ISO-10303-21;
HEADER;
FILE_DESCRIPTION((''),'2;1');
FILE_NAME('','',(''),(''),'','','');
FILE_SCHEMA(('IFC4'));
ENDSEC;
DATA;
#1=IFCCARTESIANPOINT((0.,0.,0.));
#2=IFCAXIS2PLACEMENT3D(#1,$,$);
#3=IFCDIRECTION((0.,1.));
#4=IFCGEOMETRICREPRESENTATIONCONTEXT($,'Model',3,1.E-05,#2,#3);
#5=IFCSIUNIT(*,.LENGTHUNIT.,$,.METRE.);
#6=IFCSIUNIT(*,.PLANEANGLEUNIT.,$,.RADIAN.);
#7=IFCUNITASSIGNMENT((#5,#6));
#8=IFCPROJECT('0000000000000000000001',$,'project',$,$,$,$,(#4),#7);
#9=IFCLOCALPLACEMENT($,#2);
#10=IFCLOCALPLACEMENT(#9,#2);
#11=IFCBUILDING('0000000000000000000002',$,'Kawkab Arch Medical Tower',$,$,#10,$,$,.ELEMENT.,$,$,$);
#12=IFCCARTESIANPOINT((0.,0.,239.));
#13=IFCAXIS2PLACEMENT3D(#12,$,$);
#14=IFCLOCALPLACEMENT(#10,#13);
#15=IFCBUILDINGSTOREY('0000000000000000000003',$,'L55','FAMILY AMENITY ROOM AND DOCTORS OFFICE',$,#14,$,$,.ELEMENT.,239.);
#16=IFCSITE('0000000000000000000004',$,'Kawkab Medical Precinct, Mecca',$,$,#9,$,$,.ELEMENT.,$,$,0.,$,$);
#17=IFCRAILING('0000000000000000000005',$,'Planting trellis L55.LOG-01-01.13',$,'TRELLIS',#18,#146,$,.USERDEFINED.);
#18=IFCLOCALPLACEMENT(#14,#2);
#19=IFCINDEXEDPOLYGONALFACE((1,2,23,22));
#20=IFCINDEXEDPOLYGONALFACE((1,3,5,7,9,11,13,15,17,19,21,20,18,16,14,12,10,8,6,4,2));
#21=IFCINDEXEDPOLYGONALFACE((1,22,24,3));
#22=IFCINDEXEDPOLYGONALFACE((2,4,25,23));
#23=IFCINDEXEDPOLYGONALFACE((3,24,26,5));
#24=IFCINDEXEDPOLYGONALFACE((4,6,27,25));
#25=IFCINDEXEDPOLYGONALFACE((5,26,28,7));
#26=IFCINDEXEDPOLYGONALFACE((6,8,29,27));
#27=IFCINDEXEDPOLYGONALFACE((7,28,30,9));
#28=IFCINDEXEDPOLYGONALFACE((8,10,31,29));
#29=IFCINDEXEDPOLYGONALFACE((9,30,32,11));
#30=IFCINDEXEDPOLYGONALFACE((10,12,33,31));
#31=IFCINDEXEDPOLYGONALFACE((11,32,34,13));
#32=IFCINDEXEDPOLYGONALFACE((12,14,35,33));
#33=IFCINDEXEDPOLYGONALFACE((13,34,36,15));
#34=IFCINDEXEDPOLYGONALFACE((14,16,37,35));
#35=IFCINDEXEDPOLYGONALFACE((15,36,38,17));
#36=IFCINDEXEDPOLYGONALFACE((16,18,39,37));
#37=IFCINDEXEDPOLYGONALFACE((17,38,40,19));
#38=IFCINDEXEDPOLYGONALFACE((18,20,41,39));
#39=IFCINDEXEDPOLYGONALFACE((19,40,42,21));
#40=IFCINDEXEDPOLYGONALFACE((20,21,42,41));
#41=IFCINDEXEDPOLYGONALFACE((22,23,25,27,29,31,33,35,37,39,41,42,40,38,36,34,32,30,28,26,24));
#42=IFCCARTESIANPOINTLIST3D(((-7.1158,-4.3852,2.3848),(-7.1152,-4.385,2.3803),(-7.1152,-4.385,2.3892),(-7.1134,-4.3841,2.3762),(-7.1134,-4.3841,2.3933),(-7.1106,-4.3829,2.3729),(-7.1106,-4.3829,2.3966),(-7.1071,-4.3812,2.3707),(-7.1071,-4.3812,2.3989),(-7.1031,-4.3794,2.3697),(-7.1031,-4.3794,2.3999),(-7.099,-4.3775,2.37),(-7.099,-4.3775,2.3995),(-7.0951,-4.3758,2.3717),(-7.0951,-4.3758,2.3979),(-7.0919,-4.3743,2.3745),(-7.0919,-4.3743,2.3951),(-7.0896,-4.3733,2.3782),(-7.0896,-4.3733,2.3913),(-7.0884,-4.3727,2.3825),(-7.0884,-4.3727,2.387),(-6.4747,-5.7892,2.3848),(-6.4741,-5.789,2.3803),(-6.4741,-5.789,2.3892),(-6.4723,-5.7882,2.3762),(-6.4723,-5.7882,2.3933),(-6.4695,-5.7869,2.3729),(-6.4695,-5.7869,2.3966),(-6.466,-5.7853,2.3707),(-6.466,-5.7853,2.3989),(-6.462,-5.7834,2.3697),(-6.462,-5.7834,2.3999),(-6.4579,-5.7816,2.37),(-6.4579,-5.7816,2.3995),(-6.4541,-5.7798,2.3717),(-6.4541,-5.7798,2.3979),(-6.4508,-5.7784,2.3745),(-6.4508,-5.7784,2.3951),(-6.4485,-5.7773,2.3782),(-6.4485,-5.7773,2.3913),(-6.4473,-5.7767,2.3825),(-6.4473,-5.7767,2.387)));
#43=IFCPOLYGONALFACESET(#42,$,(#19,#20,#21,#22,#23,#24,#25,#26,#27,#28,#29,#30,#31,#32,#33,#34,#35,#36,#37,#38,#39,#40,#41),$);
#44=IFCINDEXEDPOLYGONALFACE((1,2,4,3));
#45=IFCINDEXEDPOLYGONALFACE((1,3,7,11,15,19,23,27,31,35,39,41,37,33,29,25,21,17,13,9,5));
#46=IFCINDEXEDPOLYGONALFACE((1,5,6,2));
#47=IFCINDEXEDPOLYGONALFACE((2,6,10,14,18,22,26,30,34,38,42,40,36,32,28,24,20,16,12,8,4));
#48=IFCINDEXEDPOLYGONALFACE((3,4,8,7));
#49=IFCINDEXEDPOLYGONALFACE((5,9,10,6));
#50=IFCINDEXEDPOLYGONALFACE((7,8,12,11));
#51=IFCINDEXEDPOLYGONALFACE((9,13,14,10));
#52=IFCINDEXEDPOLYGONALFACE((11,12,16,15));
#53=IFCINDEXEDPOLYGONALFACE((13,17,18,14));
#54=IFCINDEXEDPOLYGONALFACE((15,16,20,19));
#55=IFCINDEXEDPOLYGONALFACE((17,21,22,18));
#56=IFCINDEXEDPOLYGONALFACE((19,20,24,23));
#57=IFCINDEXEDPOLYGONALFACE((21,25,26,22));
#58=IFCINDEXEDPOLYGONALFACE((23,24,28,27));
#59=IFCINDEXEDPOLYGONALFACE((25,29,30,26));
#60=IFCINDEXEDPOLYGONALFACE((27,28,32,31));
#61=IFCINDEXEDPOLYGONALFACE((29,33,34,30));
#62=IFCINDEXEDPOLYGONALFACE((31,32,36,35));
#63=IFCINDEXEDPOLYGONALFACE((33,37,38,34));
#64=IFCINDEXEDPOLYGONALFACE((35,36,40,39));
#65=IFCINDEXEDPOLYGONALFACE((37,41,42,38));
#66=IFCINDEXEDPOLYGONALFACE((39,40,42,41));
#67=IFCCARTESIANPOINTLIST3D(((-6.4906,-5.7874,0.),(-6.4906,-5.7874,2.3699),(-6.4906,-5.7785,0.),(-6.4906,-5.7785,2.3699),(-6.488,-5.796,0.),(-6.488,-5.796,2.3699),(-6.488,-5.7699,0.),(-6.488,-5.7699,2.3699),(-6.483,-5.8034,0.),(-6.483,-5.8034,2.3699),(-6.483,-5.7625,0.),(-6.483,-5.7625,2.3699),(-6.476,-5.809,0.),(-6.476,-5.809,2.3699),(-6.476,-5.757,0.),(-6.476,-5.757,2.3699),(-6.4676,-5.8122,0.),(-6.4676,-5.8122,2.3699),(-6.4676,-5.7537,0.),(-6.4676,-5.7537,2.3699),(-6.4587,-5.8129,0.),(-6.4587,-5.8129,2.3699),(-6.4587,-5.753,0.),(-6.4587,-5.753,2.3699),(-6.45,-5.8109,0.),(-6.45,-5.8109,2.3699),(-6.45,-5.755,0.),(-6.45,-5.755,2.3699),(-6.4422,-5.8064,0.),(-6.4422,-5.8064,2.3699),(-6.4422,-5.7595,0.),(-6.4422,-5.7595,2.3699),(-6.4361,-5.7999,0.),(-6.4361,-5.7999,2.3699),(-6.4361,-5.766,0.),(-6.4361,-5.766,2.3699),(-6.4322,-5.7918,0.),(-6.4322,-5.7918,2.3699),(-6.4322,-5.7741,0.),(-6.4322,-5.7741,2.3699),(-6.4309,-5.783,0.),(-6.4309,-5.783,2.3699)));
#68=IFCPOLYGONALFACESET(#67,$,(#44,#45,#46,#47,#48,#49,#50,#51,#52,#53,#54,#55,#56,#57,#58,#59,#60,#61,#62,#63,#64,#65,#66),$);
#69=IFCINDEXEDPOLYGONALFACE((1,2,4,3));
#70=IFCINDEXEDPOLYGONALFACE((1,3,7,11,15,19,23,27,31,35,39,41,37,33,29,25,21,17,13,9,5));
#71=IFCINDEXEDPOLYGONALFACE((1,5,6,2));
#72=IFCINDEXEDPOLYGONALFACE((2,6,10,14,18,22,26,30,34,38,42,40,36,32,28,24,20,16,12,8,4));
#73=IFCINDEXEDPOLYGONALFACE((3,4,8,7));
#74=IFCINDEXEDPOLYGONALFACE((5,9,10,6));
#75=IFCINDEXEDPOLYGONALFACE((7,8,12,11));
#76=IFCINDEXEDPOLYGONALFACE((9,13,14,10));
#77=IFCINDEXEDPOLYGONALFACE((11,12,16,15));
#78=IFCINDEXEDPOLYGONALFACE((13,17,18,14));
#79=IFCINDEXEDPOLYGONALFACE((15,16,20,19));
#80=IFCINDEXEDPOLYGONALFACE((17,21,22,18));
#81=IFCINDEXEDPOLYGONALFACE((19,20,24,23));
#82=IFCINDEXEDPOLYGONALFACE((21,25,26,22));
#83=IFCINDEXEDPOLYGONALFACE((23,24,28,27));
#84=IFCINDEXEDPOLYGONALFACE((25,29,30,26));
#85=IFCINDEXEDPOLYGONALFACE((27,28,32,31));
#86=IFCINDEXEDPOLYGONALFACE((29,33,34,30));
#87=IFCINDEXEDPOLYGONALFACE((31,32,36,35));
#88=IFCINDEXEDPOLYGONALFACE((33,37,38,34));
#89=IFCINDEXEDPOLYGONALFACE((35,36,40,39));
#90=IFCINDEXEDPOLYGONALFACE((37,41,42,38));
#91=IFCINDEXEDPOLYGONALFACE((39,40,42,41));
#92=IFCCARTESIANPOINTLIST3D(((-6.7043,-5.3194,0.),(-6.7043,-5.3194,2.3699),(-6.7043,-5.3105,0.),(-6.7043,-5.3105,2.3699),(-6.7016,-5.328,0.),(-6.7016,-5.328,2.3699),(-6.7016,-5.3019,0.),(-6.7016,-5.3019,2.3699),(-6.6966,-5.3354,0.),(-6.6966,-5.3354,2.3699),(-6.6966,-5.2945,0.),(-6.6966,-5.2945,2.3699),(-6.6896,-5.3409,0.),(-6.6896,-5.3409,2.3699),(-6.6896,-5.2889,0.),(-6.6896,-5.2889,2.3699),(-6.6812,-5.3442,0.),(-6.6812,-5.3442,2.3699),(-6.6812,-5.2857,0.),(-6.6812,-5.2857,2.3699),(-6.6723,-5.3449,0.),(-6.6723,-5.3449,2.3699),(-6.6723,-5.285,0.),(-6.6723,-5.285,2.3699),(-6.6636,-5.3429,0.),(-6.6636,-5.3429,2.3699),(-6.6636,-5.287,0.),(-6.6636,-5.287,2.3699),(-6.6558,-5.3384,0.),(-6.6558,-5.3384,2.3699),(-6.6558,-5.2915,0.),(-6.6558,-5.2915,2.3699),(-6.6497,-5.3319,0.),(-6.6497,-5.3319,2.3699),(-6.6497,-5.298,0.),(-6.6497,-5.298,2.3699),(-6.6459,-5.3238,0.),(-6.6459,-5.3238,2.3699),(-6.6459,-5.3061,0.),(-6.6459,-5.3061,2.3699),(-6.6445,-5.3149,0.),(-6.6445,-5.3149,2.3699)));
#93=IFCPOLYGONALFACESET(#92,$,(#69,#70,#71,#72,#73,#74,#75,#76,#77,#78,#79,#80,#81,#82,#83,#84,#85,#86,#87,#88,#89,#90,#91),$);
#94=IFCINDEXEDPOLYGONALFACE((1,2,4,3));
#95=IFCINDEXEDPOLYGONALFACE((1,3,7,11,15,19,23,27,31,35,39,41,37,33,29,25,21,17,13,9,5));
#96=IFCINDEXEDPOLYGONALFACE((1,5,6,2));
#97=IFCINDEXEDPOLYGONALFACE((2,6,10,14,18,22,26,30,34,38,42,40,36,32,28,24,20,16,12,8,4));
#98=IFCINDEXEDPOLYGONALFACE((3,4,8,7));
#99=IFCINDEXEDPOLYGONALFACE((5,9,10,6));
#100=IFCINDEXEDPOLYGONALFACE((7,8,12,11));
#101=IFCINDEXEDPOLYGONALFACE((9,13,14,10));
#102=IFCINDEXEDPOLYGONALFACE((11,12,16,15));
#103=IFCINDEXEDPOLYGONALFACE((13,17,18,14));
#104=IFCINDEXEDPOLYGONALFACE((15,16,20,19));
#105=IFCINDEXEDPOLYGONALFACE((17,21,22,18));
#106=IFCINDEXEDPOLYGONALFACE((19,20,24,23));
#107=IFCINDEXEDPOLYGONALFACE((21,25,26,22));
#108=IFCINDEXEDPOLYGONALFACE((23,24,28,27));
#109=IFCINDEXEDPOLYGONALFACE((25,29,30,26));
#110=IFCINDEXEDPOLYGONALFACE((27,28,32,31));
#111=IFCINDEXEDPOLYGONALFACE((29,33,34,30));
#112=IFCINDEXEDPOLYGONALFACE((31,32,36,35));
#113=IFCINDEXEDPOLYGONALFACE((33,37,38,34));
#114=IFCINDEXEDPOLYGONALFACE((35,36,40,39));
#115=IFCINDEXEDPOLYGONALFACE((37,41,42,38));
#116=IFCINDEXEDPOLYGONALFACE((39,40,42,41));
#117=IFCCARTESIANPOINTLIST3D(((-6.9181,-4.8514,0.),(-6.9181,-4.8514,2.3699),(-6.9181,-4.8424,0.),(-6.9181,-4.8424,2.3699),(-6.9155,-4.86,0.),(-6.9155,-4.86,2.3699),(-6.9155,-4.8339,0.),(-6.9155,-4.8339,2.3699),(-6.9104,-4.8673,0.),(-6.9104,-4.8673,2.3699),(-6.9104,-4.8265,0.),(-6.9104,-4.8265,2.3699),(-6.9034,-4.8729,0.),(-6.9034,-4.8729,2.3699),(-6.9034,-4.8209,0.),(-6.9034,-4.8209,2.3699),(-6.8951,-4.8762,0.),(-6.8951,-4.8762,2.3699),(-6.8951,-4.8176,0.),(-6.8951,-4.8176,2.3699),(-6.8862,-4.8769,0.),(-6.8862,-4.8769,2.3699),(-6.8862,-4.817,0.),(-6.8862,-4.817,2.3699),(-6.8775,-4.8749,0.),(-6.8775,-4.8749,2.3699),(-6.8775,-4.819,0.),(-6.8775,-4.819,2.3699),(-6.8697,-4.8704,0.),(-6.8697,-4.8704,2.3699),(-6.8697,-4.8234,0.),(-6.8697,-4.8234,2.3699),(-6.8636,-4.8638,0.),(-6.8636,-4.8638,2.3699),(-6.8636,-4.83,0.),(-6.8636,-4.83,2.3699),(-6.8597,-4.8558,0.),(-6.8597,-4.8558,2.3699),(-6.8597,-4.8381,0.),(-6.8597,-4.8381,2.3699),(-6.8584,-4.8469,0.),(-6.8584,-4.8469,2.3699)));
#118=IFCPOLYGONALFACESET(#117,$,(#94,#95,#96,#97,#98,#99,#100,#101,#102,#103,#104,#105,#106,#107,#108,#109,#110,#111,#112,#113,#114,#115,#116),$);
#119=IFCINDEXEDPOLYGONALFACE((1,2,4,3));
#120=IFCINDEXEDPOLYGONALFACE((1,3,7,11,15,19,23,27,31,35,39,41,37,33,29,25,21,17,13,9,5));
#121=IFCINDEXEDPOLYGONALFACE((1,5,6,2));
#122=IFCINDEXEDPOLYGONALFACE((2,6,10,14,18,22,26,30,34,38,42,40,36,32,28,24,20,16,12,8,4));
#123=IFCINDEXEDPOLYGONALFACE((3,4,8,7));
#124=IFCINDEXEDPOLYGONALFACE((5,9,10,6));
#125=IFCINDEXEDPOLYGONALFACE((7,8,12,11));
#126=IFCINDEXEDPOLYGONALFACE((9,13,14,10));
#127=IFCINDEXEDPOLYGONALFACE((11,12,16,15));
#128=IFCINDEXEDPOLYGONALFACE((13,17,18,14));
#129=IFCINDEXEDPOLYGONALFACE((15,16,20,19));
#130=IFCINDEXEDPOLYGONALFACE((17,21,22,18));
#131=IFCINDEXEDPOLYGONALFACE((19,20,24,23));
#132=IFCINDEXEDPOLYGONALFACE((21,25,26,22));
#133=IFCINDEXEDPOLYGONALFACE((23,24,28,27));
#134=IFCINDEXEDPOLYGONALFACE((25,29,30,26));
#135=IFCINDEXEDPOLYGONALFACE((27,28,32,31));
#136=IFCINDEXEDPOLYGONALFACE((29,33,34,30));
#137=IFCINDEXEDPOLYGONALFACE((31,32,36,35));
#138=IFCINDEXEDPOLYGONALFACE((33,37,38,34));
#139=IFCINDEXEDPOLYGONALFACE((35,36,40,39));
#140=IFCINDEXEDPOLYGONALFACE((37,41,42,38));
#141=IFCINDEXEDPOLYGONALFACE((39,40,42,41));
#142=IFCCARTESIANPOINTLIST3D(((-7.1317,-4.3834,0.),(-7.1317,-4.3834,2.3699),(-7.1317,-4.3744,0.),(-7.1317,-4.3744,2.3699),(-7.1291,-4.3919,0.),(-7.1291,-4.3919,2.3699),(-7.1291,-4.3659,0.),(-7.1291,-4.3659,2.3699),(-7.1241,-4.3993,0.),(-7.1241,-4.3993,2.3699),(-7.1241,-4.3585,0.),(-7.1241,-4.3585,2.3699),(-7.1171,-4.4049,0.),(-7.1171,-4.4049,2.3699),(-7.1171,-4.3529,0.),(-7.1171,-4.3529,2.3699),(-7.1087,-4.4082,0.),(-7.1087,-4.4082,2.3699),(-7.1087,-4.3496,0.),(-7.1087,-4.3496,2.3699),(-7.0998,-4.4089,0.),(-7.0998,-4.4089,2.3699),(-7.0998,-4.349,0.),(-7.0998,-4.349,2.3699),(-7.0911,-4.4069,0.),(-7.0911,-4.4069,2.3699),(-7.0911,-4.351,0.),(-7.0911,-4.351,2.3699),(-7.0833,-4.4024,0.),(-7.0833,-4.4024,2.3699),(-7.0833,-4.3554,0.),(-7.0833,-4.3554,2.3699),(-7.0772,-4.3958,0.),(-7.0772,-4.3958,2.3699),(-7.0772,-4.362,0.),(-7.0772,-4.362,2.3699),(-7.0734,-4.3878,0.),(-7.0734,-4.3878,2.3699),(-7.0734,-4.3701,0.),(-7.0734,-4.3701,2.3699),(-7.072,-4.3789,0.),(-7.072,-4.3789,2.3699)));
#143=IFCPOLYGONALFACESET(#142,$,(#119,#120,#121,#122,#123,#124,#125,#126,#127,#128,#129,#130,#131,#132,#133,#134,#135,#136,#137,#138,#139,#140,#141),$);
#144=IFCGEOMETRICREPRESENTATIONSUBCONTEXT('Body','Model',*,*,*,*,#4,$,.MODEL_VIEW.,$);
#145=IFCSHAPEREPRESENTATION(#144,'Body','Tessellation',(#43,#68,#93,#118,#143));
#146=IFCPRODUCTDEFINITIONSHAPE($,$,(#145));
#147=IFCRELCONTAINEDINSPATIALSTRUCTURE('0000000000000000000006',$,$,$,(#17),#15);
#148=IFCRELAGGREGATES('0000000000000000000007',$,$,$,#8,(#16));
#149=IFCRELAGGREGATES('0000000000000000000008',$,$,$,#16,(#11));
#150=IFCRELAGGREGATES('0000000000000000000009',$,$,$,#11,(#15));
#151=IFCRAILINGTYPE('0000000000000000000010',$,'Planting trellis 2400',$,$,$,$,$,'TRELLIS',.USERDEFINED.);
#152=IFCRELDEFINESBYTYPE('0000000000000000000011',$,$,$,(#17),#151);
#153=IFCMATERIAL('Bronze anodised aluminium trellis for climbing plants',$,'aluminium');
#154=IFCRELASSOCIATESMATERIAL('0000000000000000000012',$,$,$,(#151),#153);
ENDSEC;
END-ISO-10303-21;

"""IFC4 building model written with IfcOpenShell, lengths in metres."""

from ifc_helpers import new_model, si_unit, direction, frame, origin, origin_2d, place, context, subcontext, project, spatial, circle, extrude, material, type_object, element, save


model = new_model("IFC4")

# Units and contexts
model_context = context("Model", 3, precision=1e-05, world=origin(), true_north=direction((0.0, 1.0)))
body_context = subcontext(model_context, "Body", "Model", "MODEL_VIEW")
ifc_project = project(units=[si_unit("LENGTHUNIT", "METRE"), si_unit("PLANEANGLEUNIT", "RADIAN")], contexts=[model_context])

# Site, building, storey
site_placement = place(None, origin())
site = spatial("IfcSite", under=ifc_project, at=site_placement, Name="Kawkab Medical Precinct, Mecca", CompositionType="ELEMENT", RefElevation=0.0)
building_placement = place(site_placement, origin())
building = spatial("IfcBuilding", under=site, at=building_placement, Name="Kawkab Arch Medical Tower", CompositionType="ELEMENT")
storey_placement = place(building_placement, frame((0.0, 0.0, 239.0)))
storey = spatial("IfcBuildingStorey", under=building, at=storey_placement, Name="L55", Description="FAMILY AMENITY ROOM AND DOCTORS OFFICE", CompositionType="ELEMENT", Elevation=239.0)

# Railing
ifc_material_1 = material(Name="Bronze anodised aluminium trellis for climbing plants", Category="aluminium")
railing_type_1 = type_object("IfcRailingType", Name="Planting trellis 2400", ElementType="TRELLIS", PredefinedType="USERDEFINED", material=ifc_material_1)
railing_1_placement = place(storey_placement, frame((-6.4609, -5.783, 0.0)))
element("IfcRailing", 1, at=railing_1_placement, inside=storey, type_object=railing_type_1, Name="Planting trellis L55.LOG-01-01.13", ObjectType="TRELLIS", PredefinedType="USERDEFINED", context=body_context, shape_type="SweptSolid", body=[
    extrude(circle(Radius=0.0151, at=origin_2d()), frame((0.0, 0.0, 2.3848), z_axis=(-0.415363, 0.909656, 0.0), x_axis=(-0.909656, -0.415363, 0.0)), (0.0, 0.0, 1.0), 1.5435),
    extrude(circle(Radius=0.03, at=origin_2d()), origin(), (0.0, 0.0, 1.0), 2.3699),
    extrude(circle(Radius=0.03, at=origin_2d()), frame((-0.2136, 0.468, 0.0)), (0.0, 0.0, 1.0), 2.3699),
    extrude(circle(Radius=0.03, at=origin_2d()), frame((-0.4275, 0.936, 0.0)), (0.0, 0.0, 1.0), 2.3699),
    extrude(circle(Radius=0.03, at=origin_2d()), frame((-0.6411, 1.4041, 0.0)), (0.0, 0.0, 1.0), 2.3699),
])

save(model, "model.ifc")
